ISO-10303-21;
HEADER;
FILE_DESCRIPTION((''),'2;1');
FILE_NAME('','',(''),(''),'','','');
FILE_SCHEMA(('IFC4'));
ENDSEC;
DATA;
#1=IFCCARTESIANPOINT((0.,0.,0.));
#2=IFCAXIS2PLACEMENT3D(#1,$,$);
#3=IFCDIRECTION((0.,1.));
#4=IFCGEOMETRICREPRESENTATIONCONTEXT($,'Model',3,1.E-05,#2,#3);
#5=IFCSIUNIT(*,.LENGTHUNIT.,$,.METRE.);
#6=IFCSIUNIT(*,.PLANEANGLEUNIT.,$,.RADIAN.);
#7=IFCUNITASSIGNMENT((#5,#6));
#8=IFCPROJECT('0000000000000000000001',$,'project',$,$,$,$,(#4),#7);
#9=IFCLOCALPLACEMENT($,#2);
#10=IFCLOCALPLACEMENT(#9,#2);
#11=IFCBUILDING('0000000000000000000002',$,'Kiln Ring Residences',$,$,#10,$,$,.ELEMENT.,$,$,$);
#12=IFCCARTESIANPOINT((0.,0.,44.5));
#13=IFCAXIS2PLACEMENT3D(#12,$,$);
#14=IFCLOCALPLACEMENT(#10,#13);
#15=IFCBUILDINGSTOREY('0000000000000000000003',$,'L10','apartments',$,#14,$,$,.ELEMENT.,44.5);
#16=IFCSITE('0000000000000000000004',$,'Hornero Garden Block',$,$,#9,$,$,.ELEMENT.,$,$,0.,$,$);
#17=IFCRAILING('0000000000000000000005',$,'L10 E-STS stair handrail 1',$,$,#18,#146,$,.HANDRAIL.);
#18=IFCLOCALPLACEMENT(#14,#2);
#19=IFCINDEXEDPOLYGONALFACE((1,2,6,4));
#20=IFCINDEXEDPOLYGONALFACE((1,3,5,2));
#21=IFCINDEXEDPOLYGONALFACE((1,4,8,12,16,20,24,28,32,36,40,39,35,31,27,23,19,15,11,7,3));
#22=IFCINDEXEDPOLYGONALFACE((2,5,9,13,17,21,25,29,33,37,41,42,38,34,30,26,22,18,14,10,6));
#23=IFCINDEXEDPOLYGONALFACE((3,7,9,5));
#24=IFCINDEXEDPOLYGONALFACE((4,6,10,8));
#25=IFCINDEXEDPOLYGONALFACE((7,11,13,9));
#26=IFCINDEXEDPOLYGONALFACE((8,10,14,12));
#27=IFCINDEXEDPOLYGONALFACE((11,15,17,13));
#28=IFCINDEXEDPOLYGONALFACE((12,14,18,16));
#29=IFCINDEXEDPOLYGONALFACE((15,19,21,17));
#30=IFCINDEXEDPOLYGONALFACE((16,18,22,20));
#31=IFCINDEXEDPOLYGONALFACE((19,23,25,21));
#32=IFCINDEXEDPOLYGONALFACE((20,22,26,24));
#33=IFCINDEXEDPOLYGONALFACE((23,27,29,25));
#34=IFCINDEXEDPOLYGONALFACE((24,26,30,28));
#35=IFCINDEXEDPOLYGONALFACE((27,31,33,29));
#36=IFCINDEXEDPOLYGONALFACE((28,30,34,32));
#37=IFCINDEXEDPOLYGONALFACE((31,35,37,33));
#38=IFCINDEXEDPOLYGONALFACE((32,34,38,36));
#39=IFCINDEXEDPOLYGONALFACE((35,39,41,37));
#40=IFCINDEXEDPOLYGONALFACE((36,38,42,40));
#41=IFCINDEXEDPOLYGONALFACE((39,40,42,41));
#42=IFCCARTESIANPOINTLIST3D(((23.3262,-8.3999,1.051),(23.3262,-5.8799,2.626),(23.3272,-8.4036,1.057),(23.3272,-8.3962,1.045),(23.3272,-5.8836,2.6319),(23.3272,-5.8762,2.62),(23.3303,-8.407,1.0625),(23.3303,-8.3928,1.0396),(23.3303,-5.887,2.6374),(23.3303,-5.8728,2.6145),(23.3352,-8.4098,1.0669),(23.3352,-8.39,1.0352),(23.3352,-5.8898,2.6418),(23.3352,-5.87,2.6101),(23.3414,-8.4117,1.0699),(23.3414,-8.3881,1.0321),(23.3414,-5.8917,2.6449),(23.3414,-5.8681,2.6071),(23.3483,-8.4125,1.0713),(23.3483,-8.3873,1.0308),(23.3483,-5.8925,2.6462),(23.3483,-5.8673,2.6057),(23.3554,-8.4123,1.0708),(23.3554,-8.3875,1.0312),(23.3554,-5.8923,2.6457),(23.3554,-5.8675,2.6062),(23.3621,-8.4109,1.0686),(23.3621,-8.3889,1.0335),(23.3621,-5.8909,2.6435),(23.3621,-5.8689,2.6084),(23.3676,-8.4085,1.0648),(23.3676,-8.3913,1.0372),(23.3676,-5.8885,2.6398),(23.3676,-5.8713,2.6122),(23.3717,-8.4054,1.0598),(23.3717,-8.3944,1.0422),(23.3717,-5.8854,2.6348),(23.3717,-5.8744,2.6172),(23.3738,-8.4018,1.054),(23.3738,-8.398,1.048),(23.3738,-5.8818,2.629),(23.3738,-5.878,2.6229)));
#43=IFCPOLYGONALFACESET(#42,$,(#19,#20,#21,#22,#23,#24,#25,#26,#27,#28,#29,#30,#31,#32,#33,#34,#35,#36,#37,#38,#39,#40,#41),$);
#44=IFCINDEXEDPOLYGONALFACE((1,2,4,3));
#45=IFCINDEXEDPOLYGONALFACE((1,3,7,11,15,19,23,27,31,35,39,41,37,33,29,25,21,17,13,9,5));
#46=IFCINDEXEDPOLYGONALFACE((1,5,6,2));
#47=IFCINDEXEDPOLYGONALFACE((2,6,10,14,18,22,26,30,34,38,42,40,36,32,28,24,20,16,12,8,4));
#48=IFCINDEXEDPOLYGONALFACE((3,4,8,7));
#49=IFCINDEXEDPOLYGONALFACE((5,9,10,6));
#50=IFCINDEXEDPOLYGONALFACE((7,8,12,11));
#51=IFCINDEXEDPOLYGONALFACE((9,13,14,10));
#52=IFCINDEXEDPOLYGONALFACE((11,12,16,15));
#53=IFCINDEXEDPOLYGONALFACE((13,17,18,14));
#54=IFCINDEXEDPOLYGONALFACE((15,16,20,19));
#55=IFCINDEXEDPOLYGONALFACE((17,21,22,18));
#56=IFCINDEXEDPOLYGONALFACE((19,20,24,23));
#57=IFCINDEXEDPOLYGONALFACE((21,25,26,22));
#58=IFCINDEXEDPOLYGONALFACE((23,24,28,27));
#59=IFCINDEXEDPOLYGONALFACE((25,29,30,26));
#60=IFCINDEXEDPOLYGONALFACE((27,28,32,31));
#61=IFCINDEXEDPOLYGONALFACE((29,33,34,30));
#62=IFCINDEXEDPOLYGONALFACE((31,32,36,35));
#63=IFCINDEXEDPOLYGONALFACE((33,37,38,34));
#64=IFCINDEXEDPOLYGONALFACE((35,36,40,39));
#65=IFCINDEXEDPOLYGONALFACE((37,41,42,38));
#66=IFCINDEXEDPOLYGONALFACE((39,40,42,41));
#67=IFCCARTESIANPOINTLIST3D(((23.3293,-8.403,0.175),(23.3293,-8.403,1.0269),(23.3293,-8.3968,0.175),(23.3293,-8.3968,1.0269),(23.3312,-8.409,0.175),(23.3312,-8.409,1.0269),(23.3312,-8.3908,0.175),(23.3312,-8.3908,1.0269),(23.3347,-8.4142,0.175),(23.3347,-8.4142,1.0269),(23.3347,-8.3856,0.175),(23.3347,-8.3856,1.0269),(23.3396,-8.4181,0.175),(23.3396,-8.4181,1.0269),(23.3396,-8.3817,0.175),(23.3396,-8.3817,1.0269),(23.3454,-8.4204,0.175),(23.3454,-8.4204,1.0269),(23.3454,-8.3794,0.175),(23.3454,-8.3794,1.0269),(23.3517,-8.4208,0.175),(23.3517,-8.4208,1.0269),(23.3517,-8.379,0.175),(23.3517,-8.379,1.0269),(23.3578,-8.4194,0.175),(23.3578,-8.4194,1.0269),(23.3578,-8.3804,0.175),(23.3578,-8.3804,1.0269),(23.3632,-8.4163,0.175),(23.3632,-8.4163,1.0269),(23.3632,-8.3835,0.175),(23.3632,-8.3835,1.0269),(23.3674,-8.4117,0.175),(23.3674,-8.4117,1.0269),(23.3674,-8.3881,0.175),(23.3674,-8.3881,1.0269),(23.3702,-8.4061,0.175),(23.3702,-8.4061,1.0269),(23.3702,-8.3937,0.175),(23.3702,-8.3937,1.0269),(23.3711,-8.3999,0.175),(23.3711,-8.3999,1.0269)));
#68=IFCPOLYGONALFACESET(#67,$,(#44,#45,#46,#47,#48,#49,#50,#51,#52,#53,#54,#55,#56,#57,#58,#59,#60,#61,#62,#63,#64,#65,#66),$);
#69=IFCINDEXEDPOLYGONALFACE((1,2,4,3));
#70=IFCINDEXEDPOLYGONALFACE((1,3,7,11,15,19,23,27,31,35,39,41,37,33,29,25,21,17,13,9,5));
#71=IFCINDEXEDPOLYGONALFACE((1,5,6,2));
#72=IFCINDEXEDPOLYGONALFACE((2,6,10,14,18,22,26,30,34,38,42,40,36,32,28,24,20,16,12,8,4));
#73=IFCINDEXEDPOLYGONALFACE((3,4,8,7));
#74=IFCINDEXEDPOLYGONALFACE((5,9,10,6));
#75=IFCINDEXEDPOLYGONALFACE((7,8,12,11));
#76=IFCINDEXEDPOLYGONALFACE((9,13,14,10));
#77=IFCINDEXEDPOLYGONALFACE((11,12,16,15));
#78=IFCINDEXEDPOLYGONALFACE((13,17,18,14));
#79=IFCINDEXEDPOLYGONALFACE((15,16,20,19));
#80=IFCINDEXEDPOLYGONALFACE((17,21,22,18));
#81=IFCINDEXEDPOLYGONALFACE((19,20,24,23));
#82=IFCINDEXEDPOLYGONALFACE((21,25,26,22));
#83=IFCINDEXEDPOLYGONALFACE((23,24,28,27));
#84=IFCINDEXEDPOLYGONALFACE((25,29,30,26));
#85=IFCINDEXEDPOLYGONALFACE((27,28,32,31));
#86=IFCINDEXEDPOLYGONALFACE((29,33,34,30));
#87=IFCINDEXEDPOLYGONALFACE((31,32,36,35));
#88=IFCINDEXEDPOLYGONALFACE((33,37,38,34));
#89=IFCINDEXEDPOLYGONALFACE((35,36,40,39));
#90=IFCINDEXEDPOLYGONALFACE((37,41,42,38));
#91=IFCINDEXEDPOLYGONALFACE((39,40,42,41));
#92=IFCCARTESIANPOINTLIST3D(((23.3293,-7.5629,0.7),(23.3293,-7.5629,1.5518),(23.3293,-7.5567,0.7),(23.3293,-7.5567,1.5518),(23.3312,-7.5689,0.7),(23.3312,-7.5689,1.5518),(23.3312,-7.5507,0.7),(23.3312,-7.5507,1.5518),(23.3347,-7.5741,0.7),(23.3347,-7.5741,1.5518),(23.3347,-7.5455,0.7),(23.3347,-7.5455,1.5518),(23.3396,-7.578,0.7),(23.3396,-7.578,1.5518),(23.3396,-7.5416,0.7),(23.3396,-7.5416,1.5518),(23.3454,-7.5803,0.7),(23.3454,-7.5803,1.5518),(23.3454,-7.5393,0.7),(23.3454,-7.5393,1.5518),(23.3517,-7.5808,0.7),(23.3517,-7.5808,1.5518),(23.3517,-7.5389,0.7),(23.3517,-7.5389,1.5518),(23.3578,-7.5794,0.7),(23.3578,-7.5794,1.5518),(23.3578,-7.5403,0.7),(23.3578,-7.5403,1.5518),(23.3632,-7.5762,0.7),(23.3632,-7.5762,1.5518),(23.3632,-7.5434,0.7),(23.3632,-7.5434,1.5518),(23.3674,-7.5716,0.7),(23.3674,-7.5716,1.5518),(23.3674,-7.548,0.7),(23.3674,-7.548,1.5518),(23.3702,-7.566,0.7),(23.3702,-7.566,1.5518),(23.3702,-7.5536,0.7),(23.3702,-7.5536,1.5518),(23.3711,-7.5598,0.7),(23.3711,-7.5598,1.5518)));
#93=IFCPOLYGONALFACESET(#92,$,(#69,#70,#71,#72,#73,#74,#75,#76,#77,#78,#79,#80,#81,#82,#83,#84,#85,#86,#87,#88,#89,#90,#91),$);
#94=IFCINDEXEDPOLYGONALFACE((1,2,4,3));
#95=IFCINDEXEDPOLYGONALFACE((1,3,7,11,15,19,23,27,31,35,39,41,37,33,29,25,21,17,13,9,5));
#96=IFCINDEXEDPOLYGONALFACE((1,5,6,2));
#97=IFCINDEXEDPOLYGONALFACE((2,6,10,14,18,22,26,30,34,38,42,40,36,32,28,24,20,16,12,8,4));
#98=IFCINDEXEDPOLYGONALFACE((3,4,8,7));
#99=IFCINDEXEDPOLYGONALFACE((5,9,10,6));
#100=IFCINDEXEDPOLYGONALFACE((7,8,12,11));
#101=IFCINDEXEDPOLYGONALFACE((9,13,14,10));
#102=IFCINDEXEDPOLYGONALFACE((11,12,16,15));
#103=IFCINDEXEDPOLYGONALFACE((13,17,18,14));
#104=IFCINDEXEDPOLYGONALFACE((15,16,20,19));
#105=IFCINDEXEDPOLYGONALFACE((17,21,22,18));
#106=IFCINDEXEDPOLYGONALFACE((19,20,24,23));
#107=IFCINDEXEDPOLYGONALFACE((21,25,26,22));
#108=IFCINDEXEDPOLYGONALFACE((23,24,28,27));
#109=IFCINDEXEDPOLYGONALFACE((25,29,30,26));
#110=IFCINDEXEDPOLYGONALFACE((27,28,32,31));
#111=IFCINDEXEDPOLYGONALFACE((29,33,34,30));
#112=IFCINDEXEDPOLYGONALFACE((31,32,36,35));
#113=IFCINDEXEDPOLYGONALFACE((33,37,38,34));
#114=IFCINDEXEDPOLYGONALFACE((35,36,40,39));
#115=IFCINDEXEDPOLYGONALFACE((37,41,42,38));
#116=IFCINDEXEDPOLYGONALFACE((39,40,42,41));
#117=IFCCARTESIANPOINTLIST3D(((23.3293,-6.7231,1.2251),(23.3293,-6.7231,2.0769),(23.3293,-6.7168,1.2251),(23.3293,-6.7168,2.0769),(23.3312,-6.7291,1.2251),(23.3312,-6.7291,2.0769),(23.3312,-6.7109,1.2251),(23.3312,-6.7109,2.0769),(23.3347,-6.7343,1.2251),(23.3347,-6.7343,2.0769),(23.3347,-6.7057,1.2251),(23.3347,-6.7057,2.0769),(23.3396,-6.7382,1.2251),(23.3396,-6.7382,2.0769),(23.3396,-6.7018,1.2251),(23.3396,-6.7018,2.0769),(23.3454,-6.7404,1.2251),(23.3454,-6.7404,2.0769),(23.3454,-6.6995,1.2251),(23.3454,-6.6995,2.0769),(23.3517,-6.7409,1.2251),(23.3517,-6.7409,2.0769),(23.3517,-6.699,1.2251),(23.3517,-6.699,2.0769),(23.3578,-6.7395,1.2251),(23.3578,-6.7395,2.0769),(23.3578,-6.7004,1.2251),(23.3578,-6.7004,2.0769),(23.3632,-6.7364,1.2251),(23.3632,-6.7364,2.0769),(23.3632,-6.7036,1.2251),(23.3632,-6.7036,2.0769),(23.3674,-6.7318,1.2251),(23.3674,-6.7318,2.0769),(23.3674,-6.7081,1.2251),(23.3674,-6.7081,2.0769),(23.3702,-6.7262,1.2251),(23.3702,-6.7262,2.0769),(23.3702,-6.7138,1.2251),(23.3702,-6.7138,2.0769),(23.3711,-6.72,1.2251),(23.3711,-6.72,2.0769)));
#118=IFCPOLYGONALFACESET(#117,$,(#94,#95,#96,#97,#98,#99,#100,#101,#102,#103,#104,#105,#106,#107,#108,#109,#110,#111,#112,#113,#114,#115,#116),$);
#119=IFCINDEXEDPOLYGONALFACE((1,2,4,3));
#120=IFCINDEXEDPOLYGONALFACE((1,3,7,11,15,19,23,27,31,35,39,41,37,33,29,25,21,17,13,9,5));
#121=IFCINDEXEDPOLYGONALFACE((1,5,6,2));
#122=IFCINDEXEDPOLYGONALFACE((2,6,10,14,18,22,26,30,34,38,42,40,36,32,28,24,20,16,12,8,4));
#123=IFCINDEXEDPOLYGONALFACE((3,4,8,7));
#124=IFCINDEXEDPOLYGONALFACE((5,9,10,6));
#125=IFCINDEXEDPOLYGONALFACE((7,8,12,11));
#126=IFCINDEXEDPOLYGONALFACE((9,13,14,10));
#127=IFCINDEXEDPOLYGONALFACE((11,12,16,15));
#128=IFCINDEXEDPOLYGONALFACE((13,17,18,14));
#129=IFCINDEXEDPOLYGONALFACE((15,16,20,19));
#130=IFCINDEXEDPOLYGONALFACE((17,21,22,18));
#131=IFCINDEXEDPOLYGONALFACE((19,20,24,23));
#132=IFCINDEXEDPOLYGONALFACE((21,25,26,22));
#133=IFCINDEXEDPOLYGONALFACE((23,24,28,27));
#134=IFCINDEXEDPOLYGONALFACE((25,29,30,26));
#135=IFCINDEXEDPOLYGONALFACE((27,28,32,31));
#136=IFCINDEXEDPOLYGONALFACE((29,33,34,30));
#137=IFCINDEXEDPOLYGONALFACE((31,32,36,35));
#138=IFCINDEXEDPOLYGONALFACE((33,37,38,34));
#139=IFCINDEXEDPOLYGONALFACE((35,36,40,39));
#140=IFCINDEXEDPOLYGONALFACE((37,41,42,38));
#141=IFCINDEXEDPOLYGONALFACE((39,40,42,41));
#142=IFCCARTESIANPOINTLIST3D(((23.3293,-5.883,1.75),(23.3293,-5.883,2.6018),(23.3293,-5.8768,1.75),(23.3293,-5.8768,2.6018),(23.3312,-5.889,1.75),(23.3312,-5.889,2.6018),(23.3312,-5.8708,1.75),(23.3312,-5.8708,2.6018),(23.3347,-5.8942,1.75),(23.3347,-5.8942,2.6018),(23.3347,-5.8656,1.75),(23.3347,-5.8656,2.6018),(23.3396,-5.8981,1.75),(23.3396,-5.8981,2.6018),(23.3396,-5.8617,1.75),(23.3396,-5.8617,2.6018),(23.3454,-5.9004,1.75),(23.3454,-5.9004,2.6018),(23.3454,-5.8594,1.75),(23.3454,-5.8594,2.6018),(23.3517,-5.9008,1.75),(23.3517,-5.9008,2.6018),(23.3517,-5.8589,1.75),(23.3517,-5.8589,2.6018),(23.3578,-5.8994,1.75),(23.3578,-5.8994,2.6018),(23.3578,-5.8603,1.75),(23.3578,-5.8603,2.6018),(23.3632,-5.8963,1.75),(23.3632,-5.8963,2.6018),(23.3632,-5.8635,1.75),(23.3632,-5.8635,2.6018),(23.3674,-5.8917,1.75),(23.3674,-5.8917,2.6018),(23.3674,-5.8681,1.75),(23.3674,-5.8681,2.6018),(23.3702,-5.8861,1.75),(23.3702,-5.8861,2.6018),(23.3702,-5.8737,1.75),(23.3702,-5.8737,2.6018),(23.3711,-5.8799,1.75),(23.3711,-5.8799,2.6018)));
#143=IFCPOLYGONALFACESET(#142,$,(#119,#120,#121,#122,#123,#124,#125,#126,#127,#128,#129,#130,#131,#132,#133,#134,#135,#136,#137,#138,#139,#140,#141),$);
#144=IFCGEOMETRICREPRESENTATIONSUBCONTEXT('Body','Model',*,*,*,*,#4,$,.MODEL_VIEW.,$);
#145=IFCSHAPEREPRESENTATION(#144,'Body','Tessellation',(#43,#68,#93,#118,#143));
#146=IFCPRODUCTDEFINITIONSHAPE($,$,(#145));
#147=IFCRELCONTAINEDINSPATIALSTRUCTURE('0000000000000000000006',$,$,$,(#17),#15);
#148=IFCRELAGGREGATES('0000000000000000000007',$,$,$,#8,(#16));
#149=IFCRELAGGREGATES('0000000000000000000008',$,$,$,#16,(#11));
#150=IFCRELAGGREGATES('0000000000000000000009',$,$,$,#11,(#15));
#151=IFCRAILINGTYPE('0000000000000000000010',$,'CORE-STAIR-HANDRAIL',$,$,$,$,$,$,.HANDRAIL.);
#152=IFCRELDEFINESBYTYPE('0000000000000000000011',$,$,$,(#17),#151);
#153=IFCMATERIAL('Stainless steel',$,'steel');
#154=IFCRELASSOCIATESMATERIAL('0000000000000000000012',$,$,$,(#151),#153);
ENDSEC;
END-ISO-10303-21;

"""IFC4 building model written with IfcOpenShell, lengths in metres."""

from ifc_helpers import new_model, si_unit, direction, frame, origin, origin_2d, place, context, subcontext, project, spatial, circle, extrude, material, type_object, element, save


model = new_model("IFC4")

# Units and contexts
model_context = context("Model", 3, precision=1e-05, world=origin(), true_north=direction((0.0, 1.0)))
body_context = subcontext(model_context, "Body", "Model", "MODEL_VIEW")
ifc_project = project(units=[si_unit("LENGTHUNIT", "METRE"), si_unit("PLANEANGLEUNIT", "RADIAN")], contexts=[model_context])

# Site, building, storey
site_placement = place(None, origin())
site = spatial("IfcSite", under=ifc_project, at=site_placement, Name="Hornero Garden Block", CompositionType="ELEMENT", RefElevation=0.0)
building_placement = place(site_placement, origin())
building = spatial("IfcBuilding", under=site, at=building_placement, Name="Kiln Ring Residences", CompositionType="ELEMENT")
storey_placement = place(building_placement, frame((0.0, 0.0, 44.5)))
storey = spatial("IfcBuildingStorey", under=building, at=storey_placement, Name="L10", Description="apartments", CompositionType="ELEMENT", Elevation=44.5)

# Railing
ifc_material_1 = material(Name="Stainless steel", Category="steel")
railing_type_1 = type_object("IfcRailingType", Name="CORE-STAIR-HANDRAIL", PredefinedType="HANDRAIL", material=ifc_material_1)
railing_1_placement = place(storey_placement, frame((23.3501, -8.3999, 0.175)))
element("IfcRailing", 1, at=railing_1_placement, inside=storey, type_object=railing_type_1, Name="L10 E-STS stair handrail 1", PredefinedType="HANDRAIL", context=body_context, shape_type="SweptSolid", body=[
    extrude(circle(Radius=0.0239, at=origin_2d()), frame((0.0, 0.0, 0.876), z_axis=(0.0, 0.848008, 0.529984), x_axis=(-1.0, 0.0, 0.0)), (0.0, 0.0, 1.0), 2.9717),
    extrude(circle(Radius=0.021, at=origin_2d()), origin(), (0.0, 0.0, 1.0), 0.8518),
    extrude(circle(Radius=0.021, at=origin_2d()), frame((0.0, 0.8401, 0.5249)), (0.0, 0.0, 1.0), 0.8518),
    extrude(circle(Radius=0.021, at=origin_2d()), frame((0.0, 1.6799, 1.05)), (0.0, 0.0, 1.0), 0.8518),
    extrude(circle(Radius=0.021, at=origin_2d()), frame((0.0, 2.52, 1.575)), (0.0, 0.0, 1.0), 0.8518),
])

save(model, "model.ifc")
